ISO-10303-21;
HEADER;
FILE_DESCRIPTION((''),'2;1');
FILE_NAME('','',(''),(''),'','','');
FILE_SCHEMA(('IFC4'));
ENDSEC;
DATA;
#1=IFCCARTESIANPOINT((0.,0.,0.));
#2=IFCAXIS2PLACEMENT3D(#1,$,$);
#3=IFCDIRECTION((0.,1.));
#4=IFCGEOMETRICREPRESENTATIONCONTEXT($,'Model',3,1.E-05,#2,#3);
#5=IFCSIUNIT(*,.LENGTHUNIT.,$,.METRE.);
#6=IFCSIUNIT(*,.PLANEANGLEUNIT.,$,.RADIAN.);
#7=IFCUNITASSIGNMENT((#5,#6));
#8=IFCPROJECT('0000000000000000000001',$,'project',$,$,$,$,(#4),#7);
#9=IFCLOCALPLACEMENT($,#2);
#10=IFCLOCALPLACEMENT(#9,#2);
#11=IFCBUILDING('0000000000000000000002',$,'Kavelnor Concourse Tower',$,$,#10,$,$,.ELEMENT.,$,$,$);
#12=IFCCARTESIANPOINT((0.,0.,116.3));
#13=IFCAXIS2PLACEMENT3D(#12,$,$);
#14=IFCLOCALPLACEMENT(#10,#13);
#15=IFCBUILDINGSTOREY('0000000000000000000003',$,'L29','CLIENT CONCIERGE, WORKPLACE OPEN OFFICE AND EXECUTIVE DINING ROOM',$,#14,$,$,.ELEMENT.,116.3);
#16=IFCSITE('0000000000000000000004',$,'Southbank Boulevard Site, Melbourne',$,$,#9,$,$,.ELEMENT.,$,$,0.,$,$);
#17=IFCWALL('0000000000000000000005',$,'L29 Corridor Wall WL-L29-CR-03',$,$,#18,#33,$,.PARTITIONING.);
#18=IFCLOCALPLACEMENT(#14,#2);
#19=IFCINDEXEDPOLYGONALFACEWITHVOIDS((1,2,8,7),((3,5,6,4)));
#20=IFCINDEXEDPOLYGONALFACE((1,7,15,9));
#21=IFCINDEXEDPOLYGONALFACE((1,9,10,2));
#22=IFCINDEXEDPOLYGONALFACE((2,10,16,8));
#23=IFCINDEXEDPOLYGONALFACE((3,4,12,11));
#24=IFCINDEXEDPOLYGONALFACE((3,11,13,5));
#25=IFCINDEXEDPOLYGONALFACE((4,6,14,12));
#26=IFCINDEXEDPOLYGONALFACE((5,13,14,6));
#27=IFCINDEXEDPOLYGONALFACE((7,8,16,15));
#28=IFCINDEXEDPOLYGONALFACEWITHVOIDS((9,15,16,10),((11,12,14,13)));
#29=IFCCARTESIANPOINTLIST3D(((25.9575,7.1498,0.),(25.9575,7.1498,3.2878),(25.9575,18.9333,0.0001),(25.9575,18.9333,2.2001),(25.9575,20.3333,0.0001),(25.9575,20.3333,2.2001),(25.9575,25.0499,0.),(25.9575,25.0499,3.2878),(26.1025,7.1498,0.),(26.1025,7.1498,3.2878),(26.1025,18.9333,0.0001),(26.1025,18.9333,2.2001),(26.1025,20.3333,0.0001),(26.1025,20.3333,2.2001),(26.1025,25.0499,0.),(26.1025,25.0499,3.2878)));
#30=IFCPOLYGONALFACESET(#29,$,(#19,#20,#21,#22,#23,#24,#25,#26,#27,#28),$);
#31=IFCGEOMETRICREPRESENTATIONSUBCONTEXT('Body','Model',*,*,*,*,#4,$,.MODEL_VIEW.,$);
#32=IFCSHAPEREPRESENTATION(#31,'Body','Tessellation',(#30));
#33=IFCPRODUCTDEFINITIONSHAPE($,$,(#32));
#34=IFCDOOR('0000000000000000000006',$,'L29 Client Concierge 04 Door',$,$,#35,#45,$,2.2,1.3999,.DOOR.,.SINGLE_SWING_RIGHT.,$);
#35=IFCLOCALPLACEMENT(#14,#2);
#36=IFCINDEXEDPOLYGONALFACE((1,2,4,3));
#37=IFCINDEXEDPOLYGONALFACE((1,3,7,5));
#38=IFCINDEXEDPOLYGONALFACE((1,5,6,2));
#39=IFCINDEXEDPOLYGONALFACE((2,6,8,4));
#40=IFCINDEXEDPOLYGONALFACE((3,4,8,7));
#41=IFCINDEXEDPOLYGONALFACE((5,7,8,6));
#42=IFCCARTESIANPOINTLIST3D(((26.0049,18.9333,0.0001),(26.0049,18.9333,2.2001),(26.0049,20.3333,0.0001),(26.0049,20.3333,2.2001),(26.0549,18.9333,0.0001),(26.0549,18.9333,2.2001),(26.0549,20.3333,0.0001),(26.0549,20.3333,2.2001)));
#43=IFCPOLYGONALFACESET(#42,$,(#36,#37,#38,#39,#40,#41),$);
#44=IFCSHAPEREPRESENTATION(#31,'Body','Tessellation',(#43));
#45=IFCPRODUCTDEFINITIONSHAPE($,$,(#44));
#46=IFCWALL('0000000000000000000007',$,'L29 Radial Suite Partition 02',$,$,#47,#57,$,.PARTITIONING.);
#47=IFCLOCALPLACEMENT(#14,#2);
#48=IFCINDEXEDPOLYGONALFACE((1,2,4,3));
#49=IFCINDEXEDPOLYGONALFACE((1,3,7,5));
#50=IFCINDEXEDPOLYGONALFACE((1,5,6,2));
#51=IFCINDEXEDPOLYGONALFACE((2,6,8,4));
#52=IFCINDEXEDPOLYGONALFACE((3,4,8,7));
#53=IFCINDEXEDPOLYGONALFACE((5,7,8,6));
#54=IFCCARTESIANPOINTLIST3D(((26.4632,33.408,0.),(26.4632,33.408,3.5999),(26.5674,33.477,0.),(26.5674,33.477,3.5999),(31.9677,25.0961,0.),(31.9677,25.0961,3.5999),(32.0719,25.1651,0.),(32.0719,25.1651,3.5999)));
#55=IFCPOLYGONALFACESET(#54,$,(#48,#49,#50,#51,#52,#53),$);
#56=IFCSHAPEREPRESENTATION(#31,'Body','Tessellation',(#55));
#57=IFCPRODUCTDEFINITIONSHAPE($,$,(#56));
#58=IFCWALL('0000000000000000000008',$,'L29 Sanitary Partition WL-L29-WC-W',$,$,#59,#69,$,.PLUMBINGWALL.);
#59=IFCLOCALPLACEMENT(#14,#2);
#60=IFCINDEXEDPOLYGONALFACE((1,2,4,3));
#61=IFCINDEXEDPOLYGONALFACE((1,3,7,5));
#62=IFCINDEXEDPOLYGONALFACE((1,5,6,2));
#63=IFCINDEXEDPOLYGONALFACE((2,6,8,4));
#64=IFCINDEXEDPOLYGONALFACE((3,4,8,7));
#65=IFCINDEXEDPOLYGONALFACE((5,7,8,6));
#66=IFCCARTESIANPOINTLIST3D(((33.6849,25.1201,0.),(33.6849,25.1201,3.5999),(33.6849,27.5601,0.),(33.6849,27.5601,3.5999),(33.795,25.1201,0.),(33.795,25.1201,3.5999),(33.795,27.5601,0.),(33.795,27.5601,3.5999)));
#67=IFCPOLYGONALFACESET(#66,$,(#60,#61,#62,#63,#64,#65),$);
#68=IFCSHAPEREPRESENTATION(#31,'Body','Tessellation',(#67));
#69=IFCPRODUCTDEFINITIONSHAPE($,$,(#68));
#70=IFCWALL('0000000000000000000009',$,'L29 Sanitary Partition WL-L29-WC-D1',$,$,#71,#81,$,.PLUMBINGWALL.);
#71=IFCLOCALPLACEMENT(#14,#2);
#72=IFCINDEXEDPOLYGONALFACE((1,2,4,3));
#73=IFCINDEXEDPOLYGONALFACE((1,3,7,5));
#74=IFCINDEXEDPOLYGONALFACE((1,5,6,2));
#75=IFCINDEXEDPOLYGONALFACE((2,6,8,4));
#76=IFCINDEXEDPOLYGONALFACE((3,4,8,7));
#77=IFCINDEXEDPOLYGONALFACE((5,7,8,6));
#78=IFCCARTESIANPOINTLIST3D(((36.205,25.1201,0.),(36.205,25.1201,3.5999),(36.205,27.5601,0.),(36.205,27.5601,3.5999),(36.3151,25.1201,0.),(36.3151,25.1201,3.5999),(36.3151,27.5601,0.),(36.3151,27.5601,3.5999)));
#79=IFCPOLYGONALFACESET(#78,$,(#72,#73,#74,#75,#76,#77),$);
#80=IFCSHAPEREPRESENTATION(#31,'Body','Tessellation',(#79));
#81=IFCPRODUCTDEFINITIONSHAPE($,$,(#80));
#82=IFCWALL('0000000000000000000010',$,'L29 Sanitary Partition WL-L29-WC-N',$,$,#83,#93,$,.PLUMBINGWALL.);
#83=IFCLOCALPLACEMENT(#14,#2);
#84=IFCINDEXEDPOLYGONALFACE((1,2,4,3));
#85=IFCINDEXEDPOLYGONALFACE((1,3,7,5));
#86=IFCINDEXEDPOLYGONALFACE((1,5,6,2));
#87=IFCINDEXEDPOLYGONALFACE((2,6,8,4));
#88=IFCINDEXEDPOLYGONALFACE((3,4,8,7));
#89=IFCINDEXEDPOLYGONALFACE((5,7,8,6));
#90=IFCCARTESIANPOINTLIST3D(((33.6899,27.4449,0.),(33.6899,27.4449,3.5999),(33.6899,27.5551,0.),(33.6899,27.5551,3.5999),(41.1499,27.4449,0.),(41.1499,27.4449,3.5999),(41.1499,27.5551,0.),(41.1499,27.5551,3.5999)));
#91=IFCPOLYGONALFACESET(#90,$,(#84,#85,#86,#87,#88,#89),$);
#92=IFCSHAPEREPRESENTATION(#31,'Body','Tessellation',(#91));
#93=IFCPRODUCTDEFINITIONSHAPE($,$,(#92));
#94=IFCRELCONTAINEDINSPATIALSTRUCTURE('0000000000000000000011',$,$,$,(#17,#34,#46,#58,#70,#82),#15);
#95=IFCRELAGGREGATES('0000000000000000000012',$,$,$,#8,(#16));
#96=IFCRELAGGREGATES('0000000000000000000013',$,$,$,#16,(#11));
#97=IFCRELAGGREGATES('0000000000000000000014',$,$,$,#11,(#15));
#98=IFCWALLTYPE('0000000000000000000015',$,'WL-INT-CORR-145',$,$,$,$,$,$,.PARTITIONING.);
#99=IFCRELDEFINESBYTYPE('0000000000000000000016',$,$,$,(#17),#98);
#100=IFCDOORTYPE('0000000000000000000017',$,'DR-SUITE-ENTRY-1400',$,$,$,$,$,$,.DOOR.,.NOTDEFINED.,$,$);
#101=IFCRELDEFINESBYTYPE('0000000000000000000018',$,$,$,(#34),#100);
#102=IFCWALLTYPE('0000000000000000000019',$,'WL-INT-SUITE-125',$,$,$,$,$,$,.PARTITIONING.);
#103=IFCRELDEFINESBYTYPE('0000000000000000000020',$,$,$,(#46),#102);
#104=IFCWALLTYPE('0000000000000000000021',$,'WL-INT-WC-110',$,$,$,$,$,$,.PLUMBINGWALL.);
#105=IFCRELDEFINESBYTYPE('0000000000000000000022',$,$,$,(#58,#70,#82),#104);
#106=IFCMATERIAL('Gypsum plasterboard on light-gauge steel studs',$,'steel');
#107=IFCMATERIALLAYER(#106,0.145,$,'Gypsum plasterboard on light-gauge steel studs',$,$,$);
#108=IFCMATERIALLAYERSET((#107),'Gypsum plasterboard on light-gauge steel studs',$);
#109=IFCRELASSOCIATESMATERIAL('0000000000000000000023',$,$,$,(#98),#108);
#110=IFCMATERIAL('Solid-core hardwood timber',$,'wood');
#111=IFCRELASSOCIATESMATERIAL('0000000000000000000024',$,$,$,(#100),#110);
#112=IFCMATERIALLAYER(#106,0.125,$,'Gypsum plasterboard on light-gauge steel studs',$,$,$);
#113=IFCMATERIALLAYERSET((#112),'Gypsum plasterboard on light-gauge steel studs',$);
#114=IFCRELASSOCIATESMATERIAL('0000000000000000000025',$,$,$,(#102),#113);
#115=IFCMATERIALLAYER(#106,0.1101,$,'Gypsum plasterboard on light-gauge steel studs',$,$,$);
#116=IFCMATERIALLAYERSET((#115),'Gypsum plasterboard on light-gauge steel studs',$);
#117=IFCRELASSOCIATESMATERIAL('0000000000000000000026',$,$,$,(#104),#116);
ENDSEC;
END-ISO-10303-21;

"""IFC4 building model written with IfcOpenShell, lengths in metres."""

from ifc_helpers import new_model, si_unit, direction, frame, frame_2d, origin, place, context, subcontext, project, spatial, rectangle, extrude, material, layer, layer_set, type_object, element, fill, save


model = new_model("IFC4")

# Units and contexts
model_context = context("Model", 3, precision=1e-05, world=origin(), true_north=direction((0.0, 1.0)))
body_context = subcontext(model_context, "Body", "Model", "MODEL_VIEW")
ifc_project = project(units=[si_unit("LENGTHUNIT", "METRE"), si_unit("PLANEANGLEUNIT", "RADIAN")], contexts=[model_context])

# Site, building, storey
site_placement = place(None, origin())
site = spatial("IfcSite", under=ifc_project, at=site_placement, Name="Southbank Boulevard Site, Melbourne", CompositionType="ELEMENT", RefElevation=0.0)
building_placement = place(site_placement, origin())
building = spatial("IfcBuilding", under=site, at=building_placement, Name="Kavelnor Concourse Tower", CompositionType="ELEMENT")
storey_placement = place(building_placement, frame((0.0, 0.0, 116.3)))
storey = spatial("IfcBuildingStorey", under=building, at=storey_placement, Name="L29", Description="CLIENT CONCIERGE, WORKPLACE OPEN OFFICE AND EXECUTIVE DINING ROOM", CompositionType="ELEMENT", Elevation=116.3)

# Wall, opening, door
ifc_material_1 = material(Name="Gypsum plasterboard on light-gauge steel studs", Category="steel")
ifc_layer_1 = layer(ifc_material_1, 0.145, Name="Gypsum plasterboard on light-gauge steel studs")
ifc_layer_set_1 = layer_set([ifc_layer_1], Name="Gypsum plasterboard on light-gauge steel studs")
wall_type_1 = type_object("IfcWallType", Name="WL-INT-CORR-145", PredefinedType="PARTITIONING", material=ifc_layer_set_1)
wall_1_placement = place(storey_placement, frame((26.03, 25.05, 0.0), z_axis=(0.0, 0.0, 1.0), x_axis=(0.0, -1.0, 0.0)))
wall_1 = element("IfcWall", 1, at=wall_1_placement, inside=storey, type_object=wall_type_1, Name="L29 Corridor Wall WL-L29-CR-03", PredefinedType="PARTITIONING", context=body_context, shape_type="SweptSolid", body=[
    extrude(rectangle(XDim=17.9001, YDim=0.145, at=frame_2d((8.9502, 0.0))), origin(), (0.0, 0.0, 1.0), 3.2878),
])
opening_1_placement = place(wall_1_placement, frame((4.7168, 0.0, 0.0)))
opening_1 = element("IfcOpeningElement", 2, at=opening_1_placement, cuts=wall_1, PredefinedType="OPENING", context=body_context, shape_type="SweptSolid", body=[
    extrude(rectangle(XDim=1.3999, YDim=2.2, at=frame_2d((0.7, 1.1001))), frame((0.0, 0.0825, 0.0), z_axis=(0.0, -1.0, 0.0), x_axis=(1.0, 0.0, 0.0)), (0.0, 0.0, 1.0), 0.165),
])
ifc_material_2 = material(Name="Solid-core hardwood timber", Category="wood")
door_type = type_object("IfcDoorType", Name="DR-SUITE-ENTRY-1400", OperationType="NOTDEFINED", PredefinedType="DOOR", material=ifc_material_2)
door_placement = place(opening_1_placement, origin())
door = element("IfcDoor", 3, at=door_placement, inside=storey, type_object=door_type, Name="L29 Client Concierge 04 Door", OperationType="SINGLE_SWING_RIGHT", OverallHeight=2.2, OverallWidth=1.3999, PredefinedType="DOOR", context=body_context, shape_type="SweptSolid", body=[
    extrude(rectangle(XDim=1.3999, YDim=2.2, at=frame_2d((0.7, 1.1001))), frame((0.0, 0.0249, 0.0), z_axis=(0.0, -1.0, 0.0), x_axis=(1.0, 0.0, 0.0)), (0.0, 0.0, 1.0), 0.05),
])
fill(opening_1, door)

# Walls
ifc_layer_2 = layer(ifc_material_1, 0.125, Name="Gypsum plasterboard on light-gauge steel studs")
ifc_layer_set_2 = layer_set([ifc_layer_2], Name="Gypsum plasterboard on light-gauge steel studs")
wall_type_2 = type_object("IfcWallType", Name="WL-INT-SUITE-125", PredefinedType="PARTITIONING", material=ifc_layer_set_2)
wall_2_placement = place(storey_placement, frame((32.0198, 25.1306, 0.0), z_axis=(0.0, 0.0, 1.0), x_axis=(-0.552143, 0.833749, 0.0)))
element("IfcWall", 4, at=wall_2_placement, inside=storey, type_object=wall_type_2, Name="L29 Radial Suite Partition 02", PredefinedType="PARTITIONING", context=body_context, shape_type="SweptSolid", body=[
    extrude(rectangle(XDim=9.9692, YDim=0.125, at=frame_2d((4.9846, 0.0))), origin(), (0.0, 0.0, 1.0), 3.5999),
])
ifc_layer_3 = layer(ifc_material_1, 0.1101, Name="Gypsum plasterboard on light-gauge steel studs")
ifc_layer_set_3 = layer_set([ifc_layer_3], Name="Gypsum plasterboard on light-gauge steel studs")
wall_type_3 = type_object("IfcWallType", Name="WL-INT-WC-110", PredefinedType="PLUMBINGWALL", material=ifc_layer_set_3)
for number, where, z_axis, x_axis, name in (
    (5, (33.74, 25.1201, 0.0), (0.0, 0.0, 1.0), (0.0, 1.0, 0.0), "L29 Sanitary Partition WL-L29-WC-W"),
    (6, (36.26, 25.1201, 0.0), (0.0, 0.0, 1.0), (0.0, 1.0, 0.0), "L29 Sanitary Partition WL-L29-WC-D1"),
):
    element("IfcWall", number, at=place(storey_placement, frame(where, z_axis=z_axis, x_axis=x_axis)), inside=storey, type_object=wall_type_3, Name=name, PredefinedType="PLUMBINGWALL", context=body_context, shape_type="SweptSolid", body=[
        extrude(rectangle(XDim=2.4399, YDim=0.1101, at=frame_2d((1.22, 0.0))), origin(), (0.0, 0.0, 1.0), 3.5999),
    ])
wall_3_placement = place(storey_placement, frame((33.6899, 27.5, 0.0), z_axis=(0.0, 0.0, 1.0), x_axis=(1.0, 0.0, 0.0)))
element("IfcWall", 7, at=wall_3_placement, inside=storey, type_object=wall_type_3, Name="L29 Sanitary Partition WL-L29-WC-N", PredefinedType="PLUMBINGWALL", context=body_context, shape_type="SweptSolid", body=[
    extrude(rectangle(XDim=7.46, YDim=0.1101, at=frame_2d((3.73, 0.0))), origin(), (0.0, 0.0, 1.0), 3.5999),
])

save(model, "model.ifc")
